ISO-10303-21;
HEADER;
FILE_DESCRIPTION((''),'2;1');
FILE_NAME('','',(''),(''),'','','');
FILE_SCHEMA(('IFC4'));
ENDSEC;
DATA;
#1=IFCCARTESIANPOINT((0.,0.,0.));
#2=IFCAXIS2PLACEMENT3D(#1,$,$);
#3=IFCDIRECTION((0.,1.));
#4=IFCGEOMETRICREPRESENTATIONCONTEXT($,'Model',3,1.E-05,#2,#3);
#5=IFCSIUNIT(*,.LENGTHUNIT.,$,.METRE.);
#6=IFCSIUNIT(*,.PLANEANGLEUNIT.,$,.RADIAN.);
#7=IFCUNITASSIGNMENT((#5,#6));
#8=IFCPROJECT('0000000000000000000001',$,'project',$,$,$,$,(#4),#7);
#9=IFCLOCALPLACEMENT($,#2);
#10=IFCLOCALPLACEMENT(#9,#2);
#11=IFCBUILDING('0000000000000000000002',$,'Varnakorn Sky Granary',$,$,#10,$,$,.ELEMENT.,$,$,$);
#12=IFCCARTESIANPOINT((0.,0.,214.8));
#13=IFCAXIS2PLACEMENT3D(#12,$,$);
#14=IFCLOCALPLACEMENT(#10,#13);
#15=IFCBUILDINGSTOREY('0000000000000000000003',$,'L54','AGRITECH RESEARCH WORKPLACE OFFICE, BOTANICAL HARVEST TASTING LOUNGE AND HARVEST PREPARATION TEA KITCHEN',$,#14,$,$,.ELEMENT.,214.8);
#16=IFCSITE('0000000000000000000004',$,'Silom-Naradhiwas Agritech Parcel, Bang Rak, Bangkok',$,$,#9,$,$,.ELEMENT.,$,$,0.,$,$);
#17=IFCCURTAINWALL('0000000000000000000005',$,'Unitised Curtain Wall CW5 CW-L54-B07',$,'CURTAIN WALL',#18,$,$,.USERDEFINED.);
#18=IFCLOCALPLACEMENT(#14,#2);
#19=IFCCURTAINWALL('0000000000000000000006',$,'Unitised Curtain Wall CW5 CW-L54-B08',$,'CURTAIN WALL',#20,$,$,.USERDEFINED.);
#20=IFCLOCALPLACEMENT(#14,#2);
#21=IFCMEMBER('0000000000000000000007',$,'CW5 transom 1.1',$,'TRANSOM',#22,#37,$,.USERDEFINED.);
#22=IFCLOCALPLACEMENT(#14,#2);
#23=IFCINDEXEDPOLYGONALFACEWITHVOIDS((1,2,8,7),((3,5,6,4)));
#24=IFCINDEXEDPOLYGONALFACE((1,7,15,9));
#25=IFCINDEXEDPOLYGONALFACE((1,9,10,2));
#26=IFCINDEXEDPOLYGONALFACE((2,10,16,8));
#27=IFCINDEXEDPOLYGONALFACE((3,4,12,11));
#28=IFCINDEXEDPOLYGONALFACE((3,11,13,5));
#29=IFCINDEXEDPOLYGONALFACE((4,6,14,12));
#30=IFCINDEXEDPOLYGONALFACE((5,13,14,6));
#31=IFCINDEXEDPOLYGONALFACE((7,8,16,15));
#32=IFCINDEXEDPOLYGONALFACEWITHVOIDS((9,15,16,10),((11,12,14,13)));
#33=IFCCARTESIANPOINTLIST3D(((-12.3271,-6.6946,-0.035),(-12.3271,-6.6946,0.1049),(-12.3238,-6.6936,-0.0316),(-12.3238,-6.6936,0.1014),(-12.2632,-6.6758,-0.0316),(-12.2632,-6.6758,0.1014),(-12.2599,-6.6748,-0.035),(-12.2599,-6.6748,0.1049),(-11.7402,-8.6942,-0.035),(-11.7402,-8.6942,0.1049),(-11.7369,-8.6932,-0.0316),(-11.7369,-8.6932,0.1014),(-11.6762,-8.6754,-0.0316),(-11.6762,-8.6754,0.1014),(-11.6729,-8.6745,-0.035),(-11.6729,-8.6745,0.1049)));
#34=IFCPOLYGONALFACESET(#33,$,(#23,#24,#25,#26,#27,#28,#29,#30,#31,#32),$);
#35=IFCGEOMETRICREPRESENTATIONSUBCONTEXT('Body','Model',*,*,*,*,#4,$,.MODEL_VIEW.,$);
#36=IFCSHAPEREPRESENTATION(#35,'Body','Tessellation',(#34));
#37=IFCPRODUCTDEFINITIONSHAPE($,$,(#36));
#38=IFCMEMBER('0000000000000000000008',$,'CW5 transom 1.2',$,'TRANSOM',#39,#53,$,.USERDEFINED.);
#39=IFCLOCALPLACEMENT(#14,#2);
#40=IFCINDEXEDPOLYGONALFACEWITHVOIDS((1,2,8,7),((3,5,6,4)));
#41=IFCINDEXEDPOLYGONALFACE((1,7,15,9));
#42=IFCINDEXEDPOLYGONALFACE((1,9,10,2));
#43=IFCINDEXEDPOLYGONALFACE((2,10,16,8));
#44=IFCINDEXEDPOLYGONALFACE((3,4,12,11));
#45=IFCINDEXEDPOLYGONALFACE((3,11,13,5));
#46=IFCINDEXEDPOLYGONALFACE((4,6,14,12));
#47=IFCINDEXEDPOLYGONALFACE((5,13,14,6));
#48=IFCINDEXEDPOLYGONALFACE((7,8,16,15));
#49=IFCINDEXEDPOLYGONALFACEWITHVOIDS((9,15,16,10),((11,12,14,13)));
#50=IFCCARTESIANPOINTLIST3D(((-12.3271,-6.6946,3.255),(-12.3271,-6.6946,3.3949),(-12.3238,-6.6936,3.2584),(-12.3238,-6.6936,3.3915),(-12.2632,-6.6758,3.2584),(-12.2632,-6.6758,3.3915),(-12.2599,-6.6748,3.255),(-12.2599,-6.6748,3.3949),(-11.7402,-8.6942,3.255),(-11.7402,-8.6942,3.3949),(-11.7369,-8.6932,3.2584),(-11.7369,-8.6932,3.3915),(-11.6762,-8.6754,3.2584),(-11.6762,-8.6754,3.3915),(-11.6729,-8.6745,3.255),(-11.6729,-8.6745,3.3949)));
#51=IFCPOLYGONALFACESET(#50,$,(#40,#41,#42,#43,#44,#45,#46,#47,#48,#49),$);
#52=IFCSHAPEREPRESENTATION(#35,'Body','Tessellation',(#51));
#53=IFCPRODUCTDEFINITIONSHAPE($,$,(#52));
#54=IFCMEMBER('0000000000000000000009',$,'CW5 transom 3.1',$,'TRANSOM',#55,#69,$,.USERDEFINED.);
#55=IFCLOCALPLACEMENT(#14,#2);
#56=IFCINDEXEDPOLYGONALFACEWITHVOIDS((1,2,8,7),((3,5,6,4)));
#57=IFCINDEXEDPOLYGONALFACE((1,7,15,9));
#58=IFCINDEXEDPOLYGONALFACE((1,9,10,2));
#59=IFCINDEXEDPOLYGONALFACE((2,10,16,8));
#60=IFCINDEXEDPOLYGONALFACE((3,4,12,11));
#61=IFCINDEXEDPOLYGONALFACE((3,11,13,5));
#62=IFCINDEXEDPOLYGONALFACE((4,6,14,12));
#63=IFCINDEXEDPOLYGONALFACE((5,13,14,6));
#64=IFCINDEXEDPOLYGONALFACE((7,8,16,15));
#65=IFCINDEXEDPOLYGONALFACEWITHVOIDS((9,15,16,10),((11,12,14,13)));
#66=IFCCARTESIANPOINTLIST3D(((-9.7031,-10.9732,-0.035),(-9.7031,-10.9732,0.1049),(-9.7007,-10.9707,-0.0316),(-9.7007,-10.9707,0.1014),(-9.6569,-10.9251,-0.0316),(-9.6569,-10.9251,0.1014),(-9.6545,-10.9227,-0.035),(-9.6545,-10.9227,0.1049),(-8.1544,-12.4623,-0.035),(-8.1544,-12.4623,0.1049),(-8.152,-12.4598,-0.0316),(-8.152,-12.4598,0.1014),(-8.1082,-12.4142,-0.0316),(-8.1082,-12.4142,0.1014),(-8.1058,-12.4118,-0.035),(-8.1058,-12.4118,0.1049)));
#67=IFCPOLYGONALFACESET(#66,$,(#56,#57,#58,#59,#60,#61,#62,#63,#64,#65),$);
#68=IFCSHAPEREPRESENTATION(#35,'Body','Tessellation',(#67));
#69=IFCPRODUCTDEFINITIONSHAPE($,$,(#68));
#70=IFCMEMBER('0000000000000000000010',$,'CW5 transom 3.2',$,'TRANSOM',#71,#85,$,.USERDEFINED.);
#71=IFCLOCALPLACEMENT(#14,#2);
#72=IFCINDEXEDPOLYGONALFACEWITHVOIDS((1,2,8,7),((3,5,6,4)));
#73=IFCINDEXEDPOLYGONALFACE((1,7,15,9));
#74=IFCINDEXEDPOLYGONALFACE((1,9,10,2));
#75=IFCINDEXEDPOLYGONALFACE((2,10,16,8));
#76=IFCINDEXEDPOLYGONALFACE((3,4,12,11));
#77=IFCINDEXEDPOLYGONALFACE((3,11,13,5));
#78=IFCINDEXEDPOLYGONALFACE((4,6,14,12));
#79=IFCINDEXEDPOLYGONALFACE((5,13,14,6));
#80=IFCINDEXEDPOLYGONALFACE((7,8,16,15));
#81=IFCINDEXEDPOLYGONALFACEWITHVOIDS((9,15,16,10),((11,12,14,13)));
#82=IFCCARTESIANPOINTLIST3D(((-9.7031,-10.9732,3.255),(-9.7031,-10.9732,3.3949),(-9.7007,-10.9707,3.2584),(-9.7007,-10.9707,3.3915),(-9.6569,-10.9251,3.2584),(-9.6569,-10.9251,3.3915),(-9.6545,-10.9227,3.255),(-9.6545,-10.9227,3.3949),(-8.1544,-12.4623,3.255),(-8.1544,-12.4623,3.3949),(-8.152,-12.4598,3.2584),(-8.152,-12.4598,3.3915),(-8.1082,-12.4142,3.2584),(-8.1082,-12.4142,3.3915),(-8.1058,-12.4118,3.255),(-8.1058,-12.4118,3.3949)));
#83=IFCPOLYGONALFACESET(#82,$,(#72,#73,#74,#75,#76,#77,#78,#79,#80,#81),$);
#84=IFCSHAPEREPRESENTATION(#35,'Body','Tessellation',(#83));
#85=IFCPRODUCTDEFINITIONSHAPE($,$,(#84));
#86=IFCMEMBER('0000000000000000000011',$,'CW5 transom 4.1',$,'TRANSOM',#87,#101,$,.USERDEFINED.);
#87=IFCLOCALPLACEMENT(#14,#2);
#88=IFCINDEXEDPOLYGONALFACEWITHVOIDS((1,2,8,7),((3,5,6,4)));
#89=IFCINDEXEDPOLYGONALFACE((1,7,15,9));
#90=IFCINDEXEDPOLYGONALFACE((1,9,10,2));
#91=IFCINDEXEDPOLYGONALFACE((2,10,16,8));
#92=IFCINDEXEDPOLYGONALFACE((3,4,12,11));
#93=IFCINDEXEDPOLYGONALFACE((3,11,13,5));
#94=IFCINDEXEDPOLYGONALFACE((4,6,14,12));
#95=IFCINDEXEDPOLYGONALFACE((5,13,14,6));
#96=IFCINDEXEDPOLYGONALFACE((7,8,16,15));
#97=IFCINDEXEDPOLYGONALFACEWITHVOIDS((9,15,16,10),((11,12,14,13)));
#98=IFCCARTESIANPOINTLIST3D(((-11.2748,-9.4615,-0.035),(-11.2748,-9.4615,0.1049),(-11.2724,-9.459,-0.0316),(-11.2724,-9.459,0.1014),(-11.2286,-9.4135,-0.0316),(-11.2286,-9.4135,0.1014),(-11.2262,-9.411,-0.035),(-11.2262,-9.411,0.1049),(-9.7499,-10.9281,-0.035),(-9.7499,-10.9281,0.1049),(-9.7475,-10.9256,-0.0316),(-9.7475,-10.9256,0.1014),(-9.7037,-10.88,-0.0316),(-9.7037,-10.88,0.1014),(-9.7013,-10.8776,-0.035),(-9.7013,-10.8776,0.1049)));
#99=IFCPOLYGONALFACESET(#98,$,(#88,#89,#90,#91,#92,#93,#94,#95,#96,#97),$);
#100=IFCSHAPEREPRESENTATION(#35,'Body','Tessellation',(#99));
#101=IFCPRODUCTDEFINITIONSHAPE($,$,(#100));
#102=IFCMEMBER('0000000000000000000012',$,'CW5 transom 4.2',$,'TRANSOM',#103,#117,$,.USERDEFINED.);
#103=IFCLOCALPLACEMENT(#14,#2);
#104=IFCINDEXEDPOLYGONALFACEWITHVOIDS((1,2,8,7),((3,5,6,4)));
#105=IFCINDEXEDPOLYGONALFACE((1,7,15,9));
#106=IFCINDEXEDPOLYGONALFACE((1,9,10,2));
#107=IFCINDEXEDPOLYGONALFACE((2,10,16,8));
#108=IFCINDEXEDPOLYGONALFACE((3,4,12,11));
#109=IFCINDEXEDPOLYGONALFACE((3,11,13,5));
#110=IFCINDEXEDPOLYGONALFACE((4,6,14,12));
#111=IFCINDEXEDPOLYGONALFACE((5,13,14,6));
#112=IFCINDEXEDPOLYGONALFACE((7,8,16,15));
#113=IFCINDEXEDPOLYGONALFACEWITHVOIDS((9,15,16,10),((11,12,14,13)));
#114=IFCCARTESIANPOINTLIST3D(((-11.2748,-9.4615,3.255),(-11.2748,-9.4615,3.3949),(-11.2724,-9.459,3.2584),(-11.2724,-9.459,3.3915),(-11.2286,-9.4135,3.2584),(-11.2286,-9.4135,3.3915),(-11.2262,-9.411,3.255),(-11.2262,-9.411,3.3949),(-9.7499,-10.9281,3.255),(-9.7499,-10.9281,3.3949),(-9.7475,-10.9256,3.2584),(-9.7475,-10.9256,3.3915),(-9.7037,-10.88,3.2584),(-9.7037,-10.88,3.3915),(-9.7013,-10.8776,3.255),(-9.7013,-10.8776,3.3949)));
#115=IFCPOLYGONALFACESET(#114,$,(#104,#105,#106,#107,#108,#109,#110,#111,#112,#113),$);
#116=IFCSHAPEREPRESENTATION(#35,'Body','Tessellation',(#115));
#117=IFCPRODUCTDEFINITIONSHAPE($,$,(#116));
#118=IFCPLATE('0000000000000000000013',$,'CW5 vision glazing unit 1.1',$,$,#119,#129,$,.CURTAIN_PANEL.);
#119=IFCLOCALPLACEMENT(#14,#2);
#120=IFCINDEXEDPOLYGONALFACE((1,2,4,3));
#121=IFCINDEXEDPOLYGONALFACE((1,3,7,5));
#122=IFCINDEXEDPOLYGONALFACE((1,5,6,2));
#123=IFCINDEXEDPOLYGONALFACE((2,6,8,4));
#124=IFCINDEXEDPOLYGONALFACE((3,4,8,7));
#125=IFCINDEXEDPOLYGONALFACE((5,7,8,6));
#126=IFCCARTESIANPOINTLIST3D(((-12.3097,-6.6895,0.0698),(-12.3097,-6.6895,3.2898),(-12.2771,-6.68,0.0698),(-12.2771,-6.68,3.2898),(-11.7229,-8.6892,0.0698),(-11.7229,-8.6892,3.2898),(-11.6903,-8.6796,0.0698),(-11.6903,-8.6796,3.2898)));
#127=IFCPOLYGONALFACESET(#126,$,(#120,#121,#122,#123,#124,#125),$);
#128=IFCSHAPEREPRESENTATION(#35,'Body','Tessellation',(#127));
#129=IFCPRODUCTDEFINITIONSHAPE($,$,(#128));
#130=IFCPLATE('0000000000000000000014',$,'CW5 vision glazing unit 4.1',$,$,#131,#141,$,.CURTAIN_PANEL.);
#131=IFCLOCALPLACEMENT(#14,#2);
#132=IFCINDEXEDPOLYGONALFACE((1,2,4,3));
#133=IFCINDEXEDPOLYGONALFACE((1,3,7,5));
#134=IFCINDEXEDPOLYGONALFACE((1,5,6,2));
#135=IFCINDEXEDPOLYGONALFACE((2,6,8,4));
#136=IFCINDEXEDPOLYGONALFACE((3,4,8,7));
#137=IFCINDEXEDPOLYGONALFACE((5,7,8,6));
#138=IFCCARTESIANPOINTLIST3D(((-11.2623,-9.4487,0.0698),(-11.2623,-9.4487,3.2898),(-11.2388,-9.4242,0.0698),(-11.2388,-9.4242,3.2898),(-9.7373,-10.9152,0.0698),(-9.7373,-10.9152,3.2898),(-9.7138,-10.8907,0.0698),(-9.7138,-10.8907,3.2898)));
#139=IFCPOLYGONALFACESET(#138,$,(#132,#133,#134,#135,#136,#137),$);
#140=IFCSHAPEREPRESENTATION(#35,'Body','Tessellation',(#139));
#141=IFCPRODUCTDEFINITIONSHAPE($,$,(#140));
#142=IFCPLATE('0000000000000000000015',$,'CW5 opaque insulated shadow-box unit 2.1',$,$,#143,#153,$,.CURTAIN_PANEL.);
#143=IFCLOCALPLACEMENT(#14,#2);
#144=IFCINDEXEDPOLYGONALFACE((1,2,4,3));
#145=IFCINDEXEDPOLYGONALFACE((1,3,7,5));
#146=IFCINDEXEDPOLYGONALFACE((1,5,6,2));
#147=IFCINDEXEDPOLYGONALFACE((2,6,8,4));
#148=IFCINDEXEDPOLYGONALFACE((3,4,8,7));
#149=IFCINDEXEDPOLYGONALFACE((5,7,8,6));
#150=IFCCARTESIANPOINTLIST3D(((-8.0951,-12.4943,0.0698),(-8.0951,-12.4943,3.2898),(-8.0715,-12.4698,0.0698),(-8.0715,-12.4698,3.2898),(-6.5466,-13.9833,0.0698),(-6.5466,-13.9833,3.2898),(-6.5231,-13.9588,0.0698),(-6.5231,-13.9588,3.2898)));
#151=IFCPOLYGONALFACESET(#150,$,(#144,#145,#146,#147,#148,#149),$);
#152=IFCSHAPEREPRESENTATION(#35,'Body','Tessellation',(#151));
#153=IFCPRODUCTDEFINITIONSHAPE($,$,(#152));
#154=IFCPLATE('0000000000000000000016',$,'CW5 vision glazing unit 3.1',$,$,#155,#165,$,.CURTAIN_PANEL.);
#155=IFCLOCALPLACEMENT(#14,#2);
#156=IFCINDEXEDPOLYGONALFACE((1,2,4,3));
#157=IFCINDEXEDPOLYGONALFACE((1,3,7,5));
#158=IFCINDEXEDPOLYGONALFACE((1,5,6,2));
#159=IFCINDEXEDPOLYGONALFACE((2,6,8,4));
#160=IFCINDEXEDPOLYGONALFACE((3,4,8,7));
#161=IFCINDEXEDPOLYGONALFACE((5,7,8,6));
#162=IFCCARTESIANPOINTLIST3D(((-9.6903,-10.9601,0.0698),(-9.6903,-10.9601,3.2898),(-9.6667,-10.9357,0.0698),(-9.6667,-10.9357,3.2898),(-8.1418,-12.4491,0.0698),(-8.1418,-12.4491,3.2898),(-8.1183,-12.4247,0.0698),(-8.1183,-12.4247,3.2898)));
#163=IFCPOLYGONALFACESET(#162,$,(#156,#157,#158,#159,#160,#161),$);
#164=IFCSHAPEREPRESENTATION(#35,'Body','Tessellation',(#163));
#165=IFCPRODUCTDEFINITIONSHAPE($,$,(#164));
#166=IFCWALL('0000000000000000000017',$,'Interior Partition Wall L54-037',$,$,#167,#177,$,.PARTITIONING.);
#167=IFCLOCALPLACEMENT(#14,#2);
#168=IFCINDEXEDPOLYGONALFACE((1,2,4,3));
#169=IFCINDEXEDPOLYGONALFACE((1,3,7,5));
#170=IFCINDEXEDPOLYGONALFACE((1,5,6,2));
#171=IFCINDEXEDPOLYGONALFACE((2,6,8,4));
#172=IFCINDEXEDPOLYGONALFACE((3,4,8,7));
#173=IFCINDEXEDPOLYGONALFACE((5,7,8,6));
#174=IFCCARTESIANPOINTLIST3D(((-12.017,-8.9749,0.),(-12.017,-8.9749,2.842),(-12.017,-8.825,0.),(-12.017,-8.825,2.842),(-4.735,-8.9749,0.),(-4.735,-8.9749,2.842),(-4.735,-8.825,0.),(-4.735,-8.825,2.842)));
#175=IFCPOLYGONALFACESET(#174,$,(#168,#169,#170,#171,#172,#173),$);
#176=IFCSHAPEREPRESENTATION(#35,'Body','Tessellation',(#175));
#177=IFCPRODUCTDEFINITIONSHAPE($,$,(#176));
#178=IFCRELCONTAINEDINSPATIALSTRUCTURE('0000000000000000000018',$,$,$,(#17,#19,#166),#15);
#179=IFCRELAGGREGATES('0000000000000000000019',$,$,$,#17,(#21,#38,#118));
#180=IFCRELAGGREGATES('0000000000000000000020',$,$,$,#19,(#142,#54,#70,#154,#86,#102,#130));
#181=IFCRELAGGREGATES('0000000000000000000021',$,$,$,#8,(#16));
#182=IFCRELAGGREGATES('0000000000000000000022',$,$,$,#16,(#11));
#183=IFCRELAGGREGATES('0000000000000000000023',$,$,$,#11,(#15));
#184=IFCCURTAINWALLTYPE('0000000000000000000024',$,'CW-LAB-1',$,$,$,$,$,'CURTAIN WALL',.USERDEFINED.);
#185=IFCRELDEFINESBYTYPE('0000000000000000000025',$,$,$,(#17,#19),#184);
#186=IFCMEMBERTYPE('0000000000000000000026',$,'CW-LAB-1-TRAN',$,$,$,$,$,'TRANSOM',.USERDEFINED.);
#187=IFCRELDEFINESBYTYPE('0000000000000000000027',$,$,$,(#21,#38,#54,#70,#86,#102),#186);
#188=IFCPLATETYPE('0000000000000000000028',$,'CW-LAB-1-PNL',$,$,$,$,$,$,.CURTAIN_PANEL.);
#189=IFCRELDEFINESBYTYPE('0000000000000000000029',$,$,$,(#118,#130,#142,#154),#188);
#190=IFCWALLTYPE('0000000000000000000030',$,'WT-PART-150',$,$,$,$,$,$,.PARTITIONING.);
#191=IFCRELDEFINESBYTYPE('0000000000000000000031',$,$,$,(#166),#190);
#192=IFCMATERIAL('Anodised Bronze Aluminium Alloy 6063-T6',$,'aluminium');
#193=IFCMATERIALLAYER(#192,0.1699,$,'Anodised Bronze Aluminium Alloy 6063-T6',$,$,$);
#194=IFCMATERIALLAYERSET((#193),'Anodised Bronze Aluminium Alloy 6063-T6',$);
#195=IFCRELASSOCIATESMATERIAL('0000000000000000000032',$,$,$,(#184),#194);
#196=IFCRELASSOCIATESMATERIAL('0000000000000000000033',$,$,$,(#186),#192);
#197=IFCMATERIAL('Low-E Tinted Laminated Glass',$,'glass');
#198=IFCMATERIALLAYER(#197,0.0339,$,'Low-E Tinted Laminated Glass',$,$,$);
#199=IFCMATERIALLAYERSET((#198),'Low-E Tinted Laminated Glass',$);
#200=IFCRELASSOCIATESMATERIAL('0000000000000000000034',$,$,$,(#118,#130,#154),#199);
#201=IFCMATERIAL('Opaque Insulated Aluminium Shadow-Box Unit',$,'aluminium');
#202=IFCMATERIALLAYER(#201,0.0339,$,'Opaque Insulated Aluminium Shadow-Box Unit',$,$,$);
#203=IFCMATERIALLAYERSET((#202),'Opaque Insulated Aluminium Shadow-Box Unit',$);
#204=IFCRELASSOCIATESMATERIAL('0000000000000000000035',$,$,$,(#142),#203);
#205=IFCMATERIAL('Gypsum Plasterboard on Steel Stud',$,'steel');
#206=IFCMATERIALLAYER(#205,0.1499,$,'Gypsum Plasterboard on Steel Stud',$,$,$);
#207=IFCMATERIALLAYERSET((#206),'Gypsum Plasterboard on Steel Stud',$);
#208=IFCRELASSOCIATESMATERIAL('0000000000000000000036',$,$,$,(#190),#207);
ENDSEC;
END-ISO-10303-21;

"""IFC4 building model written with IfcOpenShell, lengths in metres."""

from ifc_helpers import new_model, si_unit, direction, frame, frame_2d, origin, origin_2d, place, context, subcontext, project, spatial, rectangle, hollow_rectangle, extrude, source, transform, mapped, material, layer, layer_set, material_profile, profile_set, type_object, type_shapes, element, aggregate, save


model = new_model("IFC4")

# Units and contexts
model_context = context("Model", 3, precision=1e-05, world=origin(), true_north=direction((0.0, 1.0)))
body_context = subcontext(model_context, "Body", "Model", "MODEL_VIEW")
ifc_project = project(units=[si_unit("LENGTHUNIT", "METRE"), si_unit("PLANEANGLEUNIT", "RADIAN")], contexts=[model_context])

# Site, building, storey
site_placement = place(None, origin())
site = spatial("IfcSite", under=ifc_project, at=site_placement, Name="Silom-Naradhiwas Agritech Parcel, Bang Rak, Bangkok", CompositionType="ELEMENT", RefElevation=0.0)
building_placement = place(site_placement, origin())
building = spatial("IfcBuilding", under=site, at=building_placement, Name="Varnakorn Sky Granary", CompositionType="ELEMENT")
storey_placement = place(building_placement, frame((0.0, 0.0, 214.8)))
storey = spatial("IfcBuildingStorey", under=building, at=storey_placement, Name="L54", Description="AGRITECH RESEARCH WORKPLACE OFFICE, BOTANICAL HARVEST TASTING LOUNGE AND HARVEST PREPARATION TEA KITCHEN", CompositionType="ELEMENT", Elevation=214.8)

# Curtain walls
ifc_material_1 = material(Name="Anodised Bronze Aluminium Alloy 6063-T6", Category="aluminium")
ifc_layer_1 = layer(ifc_material_1, 0.1699, Name="Anodised Bronze Aluminium Alloy 6063-T6")
ifc_layer_set_1 = layer_set([ifc_layer_1], Name="Anodised Bronze Aluminium Alloy 6063-T6")
curtain_wall_type = type_object("IfcCurtainWallType", Name="CW-LAB-1", ElementType="CURTAIN WALL", PredefinedType="USERDEFINED", material=ifc_layer_set_1)
curtain_wall_1_placement = place(storey_placement, origin())
curtain_wall_1 = element("IfcCurtainWall", 1, at=curtain_wall_1_placement, inside=storey, type_object=curtain_wall_type, Name="Unitised Curtain Wall CW5 CW-L54-B07", ObjectType="CURTAIN WALL", PredefinedType="USERDEFINED")
curtain_wall_2_placement = place(storey_placement, origin())
curtain_wall_2 = element("IfcCurtainWall", 2, at=curtain_wall_2_placement, inside=storey, type_object=curtain_wall_type, Name="Unitised Curtain Wall CW5 CW-L54-B08", ObjectType="CURTAIN WALL", PredefinedType="USERDEFINED")

# Members
ifc_material_profile_1 = material_profile(ifc_material_1, hollow_rectangle(XDim=0.0701, YDim=0.1399, WallThickness=0.0034, at=origin_2d()), Name="ALU TRAN 70x140")
ifc_profile_set_1 = profile_set([ifc_material_profile_1], Name="Anodised Bronze Aluminium Alloy 6063-T6")
member_type_1 = type_object("IfcMemberType", Name="CW-LAB-1-TRAN", ElementType="TRANSOM", PredefinedType="USERDEFINED", material=ifc_profile_set_1)
member_1_placement = place(storey_placement, frame((-11.7065, -8.6843, 0.0349), z_axis=(-0.281646, 0.959518, 0.0), x_axis=(-0.959518, -0.281646, 0.0)))
member_1 = element("IfcMember", 3, at=member_1_placement, type_object=member_type_1, Name="CW5 transom 1.1", ObjectType="TRANSOM", PredefinedType="USERDEFINED", context=body_context, shape_type="SweptSolid", body=[
    extrude(hollow_rectangle(XDim=0.0701, YDim=0.1399, WallThickness=0.0034, at=origin_2d()), origin(), (0.0, 0.0, 1.0), 2.084),
])
member_2_placement = place(storey_placement, frame((-11.7065, -8.6843, 3.325), z_axis=(-0.281646, 0.959518, 0.0), x_axis=(-0.959518, -0.281646, 0.0)))
member_2 = element("IfcMember", 4, at=member_2_placement, type_object=member_type_1, Name="CW5 transom 1.2", ObjectType="TRANSOM", PredefinedType="USERDEFINED", context=body_context, shape_type="SweptSolid", body=[
    extrude(hollow_rectangle(XDim=0.0701, YDim=0.1399, WallThickness=0.0034, at=origin_2d()), origin(), (0.0, 0.0, 1.0), 2.084),
])
member_3_placement = place(storey_placement, frame((-8.1301, -12.437, 0.0349), z_axis=(-0.720835, 0.693106, 0.0), x_axis=(-0.693106, -0.720835, 0.0)))
member_3 = element("IfcMember", 5, at=member_3_placement, type_object=member_type_1, Name="CW5 transom 3.1", ObjectType="TRANSOM", PredefinedType="USERDEFINED", context=body_context, shape_type="SweptSolid", body=[
    extrude(hollow_rectangle(XDim=0.0701, YDim=0.1399, WallThickness=0.0034, at=origin_2d()), origin(), (0.0, 0.0, 1.0), 2.1484),
])
member_4_placement = place(storey_placement, frame((-8.1301, -12.437, 3.325), z_axis=(-0.720835, 0.693106, 0.0), x_axis=(-0.693106, -0.720835, 0.0)))
member_4 = element("IfcMember", 6, at=member_4_placement, type_object=member_type_1, Name="CW5 transom 3.2", ObjectType="TRANSOM", PredefinedType="USERDEFINED", context=body_context, shape_type="SweptSolid", body=[
    extrude(hollow_rectangle(XDim=0.0701, YDim=0.1399, WallThickness=0.0034, at=origin_2d()), origin(), (0.0, 0.0, 1.0), 2.1484),
])
member_5_placement = place(storey_placement, frame((-9.7256, -10.9028, 0.0349), z_axis=(-0.720762, 0.693183, 0.0), x_axis=(-0.693183, -0.720762, 0.0)))
member_5 = element("IfcMember", 7, at=member_5_placement, type_object=member_type_1, Name="CW5 transom 4.1", ObjectType="TRANSOM", PredefinedType="USERDEFINED", context=body_context, shape_type="SweptSolid", body=[
    extrude(hollow_rectangle(XDim=0.0701, YDim=0.1399, WallThickness=0.0034, at=origin_2d()), origin(), (0.0, 0.0, 1.0), 2.1157),
])
member_6_placement = place(storey_placement, frame((-9.7256, -10.9028, 3.325), z_axis=(-0.720762, 0.693183, 0.0), x_axis=(-0.693183, -0.720762, 0.0)))
member_6 = element("IfcMember", 8, at=member_6_placement, type_object=member_type_1, Name="CW5 transom 4.2", ObjectType="TRANSOM", PredefinedType="USERDEFINED", context=body_context, shape_type="SweptSolid", body=[
    extrude(hollow_rectangle(XDim=0.0701, YDim=0.1399, WallThickness=0.0034, at=origin_2d()), origin(), (0.0, 0.0, 1.0), 2.1157),
])

# Plates
ifc_material_2 = material(Name="Low-E Tinted Laminated Glass", Category="glass")
ifc_layer_2 = layer(ifc_material_2, 0.0339, Name="Low-E Tinted Laminated Glass")
ifc_layer_set_2 = layer_set([ifc_layer_2], Name="Low-E Tinted Laminated Glass")
plate_type = type_object("IfcPlateType", Name="CW-LAB-1-PNL", PredefinedType="CURTAIN_PANEL")
shared_shape_1 = source(origin(), body_context, "Body", "SweptSolid", [
    extrude(rectangle(XDim=2.084, YDim=0.0339, at=origin_2d()), origin(), (0.0, 0.0, 1.0), 3.22),
])
plate_1_placement = place(storey_placement, frame((-12.0, -7.6846, 0.0698), z_axis=(0.0, 0.0, 1.0), x_axis=(-0.281572, 0.95954, 0.0)))
plate_1 = element("IfcPlate", 9, at=plate_1_placement, type_object=plate_type, material=ifc_layer_set_2, Name="CW5 vision glazing unit 1.1", PredefinedType="CURTAIN_PANEL", context=body_context, shape_type="MappedRepresentation", body=[
    mapped(shared_shape_1, transform((0.0, 0.0, 0.0), x_axis=(1.0, 0.0, 0.0), y_axis=(0.0, 1.0, 0.0), z_axis=(0.0, 0.0, 1.0), scale=1.0)),
])
aggregate(curtain_wall_1, [member_1, member_2, plate_1])
shared_shape_2 = source(origin(), body_context, "Body", "SweptSolid", [
    extrude(rectangle(XDim=2.1157, YDim=0.0339, at=origin_2d()), origin(), (0.0, 0.0, 1.0), 3.22),
])
plate_2_placement = place(storey_placement, frame((-10.488, -10.1697, 0.0698), z_axis=(0.0, 0.0, 1.0), x_axis=(-0.720803, 0.69314, 0.0)))
plate_2 = element("IfcPlate", 10, at=plate_2_placement, type_object=plate_type, material=ifc_layer_set_2, Name="CW5 vision glazing unit 4.1", PredefinedType="CURTAIN_PANEL", context=body_context, shape_type="MappedRepresentation", body=[
    mapped(shared_shape_2, transform((0.0, 0.0, 0.0), x_axis=(1.0, 0.0, 0.0), y_axis=(0.0, 1.0, 0.0), z_axis=(0.0, 0.0, 1.0), scale=1.0)),
])
ifc_material_3 = material(Name="Opaque Insulated Aluminium Shadow-Box Unit", Category="aluminium")
ifc_layer_3 = layer(ifc_material_3, 0.0339, Name="Opaque Insulated Aluminium Shadow-Box Unit")
ifc_layer_set_3 = layer_set([ifc_layer_3], Name="Opaque Insulated Aluminium Shadow-Box Unit")
shared_shape_3 = source(origin(), body_context, "Body", "SweptSolid", [
    extrude(rectangle(XDim=2.1482, YDim=0.0339, at=origin_2d()), origin(), (0.0, 0.0, 1.0), 3.22),
])
type_shapes(plate_type, [shared_shape_1, shared_shape_2, shared_shape_3])
plate_3_placement = place(storey_placement, frame((-7.3091, -13.2266, 0.0698), z_axis=(0.0, 0.0, 1.0), x_axis=(-0.720803, 0.69314, 0.0)))
plate_3 = element("IfcPlate", 11, at=plate_3_placement, type_object=plate_type, material=ifc_layer_set_3, Name="CW5 opaque insulated shadow-box unit 2.1", PredefinedType="CURTAIN_PANEL", context=body_context, shape_type="MappedRepresentation", body=[
    mapped(shared_shape_3, transform((0.0, 0.0, 0.0), x_axis=(1.0, 0.0, 0.0), y_axis=(0.0, 1.0, 0.0), z_axis=(0.0, 0.0, 1.0), scale=1.0)),
])
plate_4_placement = place(storey_placement, frame((-8.9043, -11.6924, 0.0698), z_axis=(0.0, 0.0, 1.0), x_axis=(-0.720803, 0.69314, 0.0)))
plate_4 = element("IfcPlate", 12, at=plate_4_placement, type_object=plate_type, material=ifc_layer_set_2, Name="CW5 vision glazing unit 3.1", PredefinedType="CURTAIN_PANEL", context=body_context, shape_type="MappedRepresentation", body=[
    mapped(shared_shape_3, transform((0.0, 0.0, 0.0), x_axis=(1.0, 0.0, 0.0), y_axis=(0.0, 1.0, 0.0), z_axis=(0.0, 0.0, 1.0), scale=1.0)),
])
aggregate(curtain_wall_2, [plate_3, member_3, member_4, plate_4, member_5, member_6, plate_2])

# Wall
ifc_material_4 = material(Name="Gypsum Plasterboard on Steel Stud", Category="steel")
ifc_layer_4 = layer(ifc_material_4, 0.1499, Name="Gypsum Plasterboard on Steel Stud")
ifc_layer_set_4 = layer_set([ifc_layer_4], Name="Gypsum Plasterboard on Steel Stud")
wall_type = type_object("IfcWallType", Name="WT-PART-150", PredefinedType="PARTITIONING", material=ifc_layer_set_4)
wall_placement = place(storey_placement, frame((-12.0171, -8.8999, 0.0), z_axis=(0.0, 0.0, 1.0), x_axis=(1.0, 0.0, 0.0)))
element("IfcWall", 13, at=wall_placement, inside=storey, type_object=wall_type, Name="Interior Partition Wall L54-037", PredefinedType="PARTITIONING", context=body_context, shape_type="SweptSolid", body=[
    extrude(rectangle(XDim=7.282, YDim=0.1499, at=frame_2d((3.6411, 0.0))), origin(), (0.0, 0.0, 1.0), 2.842),
])

save(model, "model.ifc")
